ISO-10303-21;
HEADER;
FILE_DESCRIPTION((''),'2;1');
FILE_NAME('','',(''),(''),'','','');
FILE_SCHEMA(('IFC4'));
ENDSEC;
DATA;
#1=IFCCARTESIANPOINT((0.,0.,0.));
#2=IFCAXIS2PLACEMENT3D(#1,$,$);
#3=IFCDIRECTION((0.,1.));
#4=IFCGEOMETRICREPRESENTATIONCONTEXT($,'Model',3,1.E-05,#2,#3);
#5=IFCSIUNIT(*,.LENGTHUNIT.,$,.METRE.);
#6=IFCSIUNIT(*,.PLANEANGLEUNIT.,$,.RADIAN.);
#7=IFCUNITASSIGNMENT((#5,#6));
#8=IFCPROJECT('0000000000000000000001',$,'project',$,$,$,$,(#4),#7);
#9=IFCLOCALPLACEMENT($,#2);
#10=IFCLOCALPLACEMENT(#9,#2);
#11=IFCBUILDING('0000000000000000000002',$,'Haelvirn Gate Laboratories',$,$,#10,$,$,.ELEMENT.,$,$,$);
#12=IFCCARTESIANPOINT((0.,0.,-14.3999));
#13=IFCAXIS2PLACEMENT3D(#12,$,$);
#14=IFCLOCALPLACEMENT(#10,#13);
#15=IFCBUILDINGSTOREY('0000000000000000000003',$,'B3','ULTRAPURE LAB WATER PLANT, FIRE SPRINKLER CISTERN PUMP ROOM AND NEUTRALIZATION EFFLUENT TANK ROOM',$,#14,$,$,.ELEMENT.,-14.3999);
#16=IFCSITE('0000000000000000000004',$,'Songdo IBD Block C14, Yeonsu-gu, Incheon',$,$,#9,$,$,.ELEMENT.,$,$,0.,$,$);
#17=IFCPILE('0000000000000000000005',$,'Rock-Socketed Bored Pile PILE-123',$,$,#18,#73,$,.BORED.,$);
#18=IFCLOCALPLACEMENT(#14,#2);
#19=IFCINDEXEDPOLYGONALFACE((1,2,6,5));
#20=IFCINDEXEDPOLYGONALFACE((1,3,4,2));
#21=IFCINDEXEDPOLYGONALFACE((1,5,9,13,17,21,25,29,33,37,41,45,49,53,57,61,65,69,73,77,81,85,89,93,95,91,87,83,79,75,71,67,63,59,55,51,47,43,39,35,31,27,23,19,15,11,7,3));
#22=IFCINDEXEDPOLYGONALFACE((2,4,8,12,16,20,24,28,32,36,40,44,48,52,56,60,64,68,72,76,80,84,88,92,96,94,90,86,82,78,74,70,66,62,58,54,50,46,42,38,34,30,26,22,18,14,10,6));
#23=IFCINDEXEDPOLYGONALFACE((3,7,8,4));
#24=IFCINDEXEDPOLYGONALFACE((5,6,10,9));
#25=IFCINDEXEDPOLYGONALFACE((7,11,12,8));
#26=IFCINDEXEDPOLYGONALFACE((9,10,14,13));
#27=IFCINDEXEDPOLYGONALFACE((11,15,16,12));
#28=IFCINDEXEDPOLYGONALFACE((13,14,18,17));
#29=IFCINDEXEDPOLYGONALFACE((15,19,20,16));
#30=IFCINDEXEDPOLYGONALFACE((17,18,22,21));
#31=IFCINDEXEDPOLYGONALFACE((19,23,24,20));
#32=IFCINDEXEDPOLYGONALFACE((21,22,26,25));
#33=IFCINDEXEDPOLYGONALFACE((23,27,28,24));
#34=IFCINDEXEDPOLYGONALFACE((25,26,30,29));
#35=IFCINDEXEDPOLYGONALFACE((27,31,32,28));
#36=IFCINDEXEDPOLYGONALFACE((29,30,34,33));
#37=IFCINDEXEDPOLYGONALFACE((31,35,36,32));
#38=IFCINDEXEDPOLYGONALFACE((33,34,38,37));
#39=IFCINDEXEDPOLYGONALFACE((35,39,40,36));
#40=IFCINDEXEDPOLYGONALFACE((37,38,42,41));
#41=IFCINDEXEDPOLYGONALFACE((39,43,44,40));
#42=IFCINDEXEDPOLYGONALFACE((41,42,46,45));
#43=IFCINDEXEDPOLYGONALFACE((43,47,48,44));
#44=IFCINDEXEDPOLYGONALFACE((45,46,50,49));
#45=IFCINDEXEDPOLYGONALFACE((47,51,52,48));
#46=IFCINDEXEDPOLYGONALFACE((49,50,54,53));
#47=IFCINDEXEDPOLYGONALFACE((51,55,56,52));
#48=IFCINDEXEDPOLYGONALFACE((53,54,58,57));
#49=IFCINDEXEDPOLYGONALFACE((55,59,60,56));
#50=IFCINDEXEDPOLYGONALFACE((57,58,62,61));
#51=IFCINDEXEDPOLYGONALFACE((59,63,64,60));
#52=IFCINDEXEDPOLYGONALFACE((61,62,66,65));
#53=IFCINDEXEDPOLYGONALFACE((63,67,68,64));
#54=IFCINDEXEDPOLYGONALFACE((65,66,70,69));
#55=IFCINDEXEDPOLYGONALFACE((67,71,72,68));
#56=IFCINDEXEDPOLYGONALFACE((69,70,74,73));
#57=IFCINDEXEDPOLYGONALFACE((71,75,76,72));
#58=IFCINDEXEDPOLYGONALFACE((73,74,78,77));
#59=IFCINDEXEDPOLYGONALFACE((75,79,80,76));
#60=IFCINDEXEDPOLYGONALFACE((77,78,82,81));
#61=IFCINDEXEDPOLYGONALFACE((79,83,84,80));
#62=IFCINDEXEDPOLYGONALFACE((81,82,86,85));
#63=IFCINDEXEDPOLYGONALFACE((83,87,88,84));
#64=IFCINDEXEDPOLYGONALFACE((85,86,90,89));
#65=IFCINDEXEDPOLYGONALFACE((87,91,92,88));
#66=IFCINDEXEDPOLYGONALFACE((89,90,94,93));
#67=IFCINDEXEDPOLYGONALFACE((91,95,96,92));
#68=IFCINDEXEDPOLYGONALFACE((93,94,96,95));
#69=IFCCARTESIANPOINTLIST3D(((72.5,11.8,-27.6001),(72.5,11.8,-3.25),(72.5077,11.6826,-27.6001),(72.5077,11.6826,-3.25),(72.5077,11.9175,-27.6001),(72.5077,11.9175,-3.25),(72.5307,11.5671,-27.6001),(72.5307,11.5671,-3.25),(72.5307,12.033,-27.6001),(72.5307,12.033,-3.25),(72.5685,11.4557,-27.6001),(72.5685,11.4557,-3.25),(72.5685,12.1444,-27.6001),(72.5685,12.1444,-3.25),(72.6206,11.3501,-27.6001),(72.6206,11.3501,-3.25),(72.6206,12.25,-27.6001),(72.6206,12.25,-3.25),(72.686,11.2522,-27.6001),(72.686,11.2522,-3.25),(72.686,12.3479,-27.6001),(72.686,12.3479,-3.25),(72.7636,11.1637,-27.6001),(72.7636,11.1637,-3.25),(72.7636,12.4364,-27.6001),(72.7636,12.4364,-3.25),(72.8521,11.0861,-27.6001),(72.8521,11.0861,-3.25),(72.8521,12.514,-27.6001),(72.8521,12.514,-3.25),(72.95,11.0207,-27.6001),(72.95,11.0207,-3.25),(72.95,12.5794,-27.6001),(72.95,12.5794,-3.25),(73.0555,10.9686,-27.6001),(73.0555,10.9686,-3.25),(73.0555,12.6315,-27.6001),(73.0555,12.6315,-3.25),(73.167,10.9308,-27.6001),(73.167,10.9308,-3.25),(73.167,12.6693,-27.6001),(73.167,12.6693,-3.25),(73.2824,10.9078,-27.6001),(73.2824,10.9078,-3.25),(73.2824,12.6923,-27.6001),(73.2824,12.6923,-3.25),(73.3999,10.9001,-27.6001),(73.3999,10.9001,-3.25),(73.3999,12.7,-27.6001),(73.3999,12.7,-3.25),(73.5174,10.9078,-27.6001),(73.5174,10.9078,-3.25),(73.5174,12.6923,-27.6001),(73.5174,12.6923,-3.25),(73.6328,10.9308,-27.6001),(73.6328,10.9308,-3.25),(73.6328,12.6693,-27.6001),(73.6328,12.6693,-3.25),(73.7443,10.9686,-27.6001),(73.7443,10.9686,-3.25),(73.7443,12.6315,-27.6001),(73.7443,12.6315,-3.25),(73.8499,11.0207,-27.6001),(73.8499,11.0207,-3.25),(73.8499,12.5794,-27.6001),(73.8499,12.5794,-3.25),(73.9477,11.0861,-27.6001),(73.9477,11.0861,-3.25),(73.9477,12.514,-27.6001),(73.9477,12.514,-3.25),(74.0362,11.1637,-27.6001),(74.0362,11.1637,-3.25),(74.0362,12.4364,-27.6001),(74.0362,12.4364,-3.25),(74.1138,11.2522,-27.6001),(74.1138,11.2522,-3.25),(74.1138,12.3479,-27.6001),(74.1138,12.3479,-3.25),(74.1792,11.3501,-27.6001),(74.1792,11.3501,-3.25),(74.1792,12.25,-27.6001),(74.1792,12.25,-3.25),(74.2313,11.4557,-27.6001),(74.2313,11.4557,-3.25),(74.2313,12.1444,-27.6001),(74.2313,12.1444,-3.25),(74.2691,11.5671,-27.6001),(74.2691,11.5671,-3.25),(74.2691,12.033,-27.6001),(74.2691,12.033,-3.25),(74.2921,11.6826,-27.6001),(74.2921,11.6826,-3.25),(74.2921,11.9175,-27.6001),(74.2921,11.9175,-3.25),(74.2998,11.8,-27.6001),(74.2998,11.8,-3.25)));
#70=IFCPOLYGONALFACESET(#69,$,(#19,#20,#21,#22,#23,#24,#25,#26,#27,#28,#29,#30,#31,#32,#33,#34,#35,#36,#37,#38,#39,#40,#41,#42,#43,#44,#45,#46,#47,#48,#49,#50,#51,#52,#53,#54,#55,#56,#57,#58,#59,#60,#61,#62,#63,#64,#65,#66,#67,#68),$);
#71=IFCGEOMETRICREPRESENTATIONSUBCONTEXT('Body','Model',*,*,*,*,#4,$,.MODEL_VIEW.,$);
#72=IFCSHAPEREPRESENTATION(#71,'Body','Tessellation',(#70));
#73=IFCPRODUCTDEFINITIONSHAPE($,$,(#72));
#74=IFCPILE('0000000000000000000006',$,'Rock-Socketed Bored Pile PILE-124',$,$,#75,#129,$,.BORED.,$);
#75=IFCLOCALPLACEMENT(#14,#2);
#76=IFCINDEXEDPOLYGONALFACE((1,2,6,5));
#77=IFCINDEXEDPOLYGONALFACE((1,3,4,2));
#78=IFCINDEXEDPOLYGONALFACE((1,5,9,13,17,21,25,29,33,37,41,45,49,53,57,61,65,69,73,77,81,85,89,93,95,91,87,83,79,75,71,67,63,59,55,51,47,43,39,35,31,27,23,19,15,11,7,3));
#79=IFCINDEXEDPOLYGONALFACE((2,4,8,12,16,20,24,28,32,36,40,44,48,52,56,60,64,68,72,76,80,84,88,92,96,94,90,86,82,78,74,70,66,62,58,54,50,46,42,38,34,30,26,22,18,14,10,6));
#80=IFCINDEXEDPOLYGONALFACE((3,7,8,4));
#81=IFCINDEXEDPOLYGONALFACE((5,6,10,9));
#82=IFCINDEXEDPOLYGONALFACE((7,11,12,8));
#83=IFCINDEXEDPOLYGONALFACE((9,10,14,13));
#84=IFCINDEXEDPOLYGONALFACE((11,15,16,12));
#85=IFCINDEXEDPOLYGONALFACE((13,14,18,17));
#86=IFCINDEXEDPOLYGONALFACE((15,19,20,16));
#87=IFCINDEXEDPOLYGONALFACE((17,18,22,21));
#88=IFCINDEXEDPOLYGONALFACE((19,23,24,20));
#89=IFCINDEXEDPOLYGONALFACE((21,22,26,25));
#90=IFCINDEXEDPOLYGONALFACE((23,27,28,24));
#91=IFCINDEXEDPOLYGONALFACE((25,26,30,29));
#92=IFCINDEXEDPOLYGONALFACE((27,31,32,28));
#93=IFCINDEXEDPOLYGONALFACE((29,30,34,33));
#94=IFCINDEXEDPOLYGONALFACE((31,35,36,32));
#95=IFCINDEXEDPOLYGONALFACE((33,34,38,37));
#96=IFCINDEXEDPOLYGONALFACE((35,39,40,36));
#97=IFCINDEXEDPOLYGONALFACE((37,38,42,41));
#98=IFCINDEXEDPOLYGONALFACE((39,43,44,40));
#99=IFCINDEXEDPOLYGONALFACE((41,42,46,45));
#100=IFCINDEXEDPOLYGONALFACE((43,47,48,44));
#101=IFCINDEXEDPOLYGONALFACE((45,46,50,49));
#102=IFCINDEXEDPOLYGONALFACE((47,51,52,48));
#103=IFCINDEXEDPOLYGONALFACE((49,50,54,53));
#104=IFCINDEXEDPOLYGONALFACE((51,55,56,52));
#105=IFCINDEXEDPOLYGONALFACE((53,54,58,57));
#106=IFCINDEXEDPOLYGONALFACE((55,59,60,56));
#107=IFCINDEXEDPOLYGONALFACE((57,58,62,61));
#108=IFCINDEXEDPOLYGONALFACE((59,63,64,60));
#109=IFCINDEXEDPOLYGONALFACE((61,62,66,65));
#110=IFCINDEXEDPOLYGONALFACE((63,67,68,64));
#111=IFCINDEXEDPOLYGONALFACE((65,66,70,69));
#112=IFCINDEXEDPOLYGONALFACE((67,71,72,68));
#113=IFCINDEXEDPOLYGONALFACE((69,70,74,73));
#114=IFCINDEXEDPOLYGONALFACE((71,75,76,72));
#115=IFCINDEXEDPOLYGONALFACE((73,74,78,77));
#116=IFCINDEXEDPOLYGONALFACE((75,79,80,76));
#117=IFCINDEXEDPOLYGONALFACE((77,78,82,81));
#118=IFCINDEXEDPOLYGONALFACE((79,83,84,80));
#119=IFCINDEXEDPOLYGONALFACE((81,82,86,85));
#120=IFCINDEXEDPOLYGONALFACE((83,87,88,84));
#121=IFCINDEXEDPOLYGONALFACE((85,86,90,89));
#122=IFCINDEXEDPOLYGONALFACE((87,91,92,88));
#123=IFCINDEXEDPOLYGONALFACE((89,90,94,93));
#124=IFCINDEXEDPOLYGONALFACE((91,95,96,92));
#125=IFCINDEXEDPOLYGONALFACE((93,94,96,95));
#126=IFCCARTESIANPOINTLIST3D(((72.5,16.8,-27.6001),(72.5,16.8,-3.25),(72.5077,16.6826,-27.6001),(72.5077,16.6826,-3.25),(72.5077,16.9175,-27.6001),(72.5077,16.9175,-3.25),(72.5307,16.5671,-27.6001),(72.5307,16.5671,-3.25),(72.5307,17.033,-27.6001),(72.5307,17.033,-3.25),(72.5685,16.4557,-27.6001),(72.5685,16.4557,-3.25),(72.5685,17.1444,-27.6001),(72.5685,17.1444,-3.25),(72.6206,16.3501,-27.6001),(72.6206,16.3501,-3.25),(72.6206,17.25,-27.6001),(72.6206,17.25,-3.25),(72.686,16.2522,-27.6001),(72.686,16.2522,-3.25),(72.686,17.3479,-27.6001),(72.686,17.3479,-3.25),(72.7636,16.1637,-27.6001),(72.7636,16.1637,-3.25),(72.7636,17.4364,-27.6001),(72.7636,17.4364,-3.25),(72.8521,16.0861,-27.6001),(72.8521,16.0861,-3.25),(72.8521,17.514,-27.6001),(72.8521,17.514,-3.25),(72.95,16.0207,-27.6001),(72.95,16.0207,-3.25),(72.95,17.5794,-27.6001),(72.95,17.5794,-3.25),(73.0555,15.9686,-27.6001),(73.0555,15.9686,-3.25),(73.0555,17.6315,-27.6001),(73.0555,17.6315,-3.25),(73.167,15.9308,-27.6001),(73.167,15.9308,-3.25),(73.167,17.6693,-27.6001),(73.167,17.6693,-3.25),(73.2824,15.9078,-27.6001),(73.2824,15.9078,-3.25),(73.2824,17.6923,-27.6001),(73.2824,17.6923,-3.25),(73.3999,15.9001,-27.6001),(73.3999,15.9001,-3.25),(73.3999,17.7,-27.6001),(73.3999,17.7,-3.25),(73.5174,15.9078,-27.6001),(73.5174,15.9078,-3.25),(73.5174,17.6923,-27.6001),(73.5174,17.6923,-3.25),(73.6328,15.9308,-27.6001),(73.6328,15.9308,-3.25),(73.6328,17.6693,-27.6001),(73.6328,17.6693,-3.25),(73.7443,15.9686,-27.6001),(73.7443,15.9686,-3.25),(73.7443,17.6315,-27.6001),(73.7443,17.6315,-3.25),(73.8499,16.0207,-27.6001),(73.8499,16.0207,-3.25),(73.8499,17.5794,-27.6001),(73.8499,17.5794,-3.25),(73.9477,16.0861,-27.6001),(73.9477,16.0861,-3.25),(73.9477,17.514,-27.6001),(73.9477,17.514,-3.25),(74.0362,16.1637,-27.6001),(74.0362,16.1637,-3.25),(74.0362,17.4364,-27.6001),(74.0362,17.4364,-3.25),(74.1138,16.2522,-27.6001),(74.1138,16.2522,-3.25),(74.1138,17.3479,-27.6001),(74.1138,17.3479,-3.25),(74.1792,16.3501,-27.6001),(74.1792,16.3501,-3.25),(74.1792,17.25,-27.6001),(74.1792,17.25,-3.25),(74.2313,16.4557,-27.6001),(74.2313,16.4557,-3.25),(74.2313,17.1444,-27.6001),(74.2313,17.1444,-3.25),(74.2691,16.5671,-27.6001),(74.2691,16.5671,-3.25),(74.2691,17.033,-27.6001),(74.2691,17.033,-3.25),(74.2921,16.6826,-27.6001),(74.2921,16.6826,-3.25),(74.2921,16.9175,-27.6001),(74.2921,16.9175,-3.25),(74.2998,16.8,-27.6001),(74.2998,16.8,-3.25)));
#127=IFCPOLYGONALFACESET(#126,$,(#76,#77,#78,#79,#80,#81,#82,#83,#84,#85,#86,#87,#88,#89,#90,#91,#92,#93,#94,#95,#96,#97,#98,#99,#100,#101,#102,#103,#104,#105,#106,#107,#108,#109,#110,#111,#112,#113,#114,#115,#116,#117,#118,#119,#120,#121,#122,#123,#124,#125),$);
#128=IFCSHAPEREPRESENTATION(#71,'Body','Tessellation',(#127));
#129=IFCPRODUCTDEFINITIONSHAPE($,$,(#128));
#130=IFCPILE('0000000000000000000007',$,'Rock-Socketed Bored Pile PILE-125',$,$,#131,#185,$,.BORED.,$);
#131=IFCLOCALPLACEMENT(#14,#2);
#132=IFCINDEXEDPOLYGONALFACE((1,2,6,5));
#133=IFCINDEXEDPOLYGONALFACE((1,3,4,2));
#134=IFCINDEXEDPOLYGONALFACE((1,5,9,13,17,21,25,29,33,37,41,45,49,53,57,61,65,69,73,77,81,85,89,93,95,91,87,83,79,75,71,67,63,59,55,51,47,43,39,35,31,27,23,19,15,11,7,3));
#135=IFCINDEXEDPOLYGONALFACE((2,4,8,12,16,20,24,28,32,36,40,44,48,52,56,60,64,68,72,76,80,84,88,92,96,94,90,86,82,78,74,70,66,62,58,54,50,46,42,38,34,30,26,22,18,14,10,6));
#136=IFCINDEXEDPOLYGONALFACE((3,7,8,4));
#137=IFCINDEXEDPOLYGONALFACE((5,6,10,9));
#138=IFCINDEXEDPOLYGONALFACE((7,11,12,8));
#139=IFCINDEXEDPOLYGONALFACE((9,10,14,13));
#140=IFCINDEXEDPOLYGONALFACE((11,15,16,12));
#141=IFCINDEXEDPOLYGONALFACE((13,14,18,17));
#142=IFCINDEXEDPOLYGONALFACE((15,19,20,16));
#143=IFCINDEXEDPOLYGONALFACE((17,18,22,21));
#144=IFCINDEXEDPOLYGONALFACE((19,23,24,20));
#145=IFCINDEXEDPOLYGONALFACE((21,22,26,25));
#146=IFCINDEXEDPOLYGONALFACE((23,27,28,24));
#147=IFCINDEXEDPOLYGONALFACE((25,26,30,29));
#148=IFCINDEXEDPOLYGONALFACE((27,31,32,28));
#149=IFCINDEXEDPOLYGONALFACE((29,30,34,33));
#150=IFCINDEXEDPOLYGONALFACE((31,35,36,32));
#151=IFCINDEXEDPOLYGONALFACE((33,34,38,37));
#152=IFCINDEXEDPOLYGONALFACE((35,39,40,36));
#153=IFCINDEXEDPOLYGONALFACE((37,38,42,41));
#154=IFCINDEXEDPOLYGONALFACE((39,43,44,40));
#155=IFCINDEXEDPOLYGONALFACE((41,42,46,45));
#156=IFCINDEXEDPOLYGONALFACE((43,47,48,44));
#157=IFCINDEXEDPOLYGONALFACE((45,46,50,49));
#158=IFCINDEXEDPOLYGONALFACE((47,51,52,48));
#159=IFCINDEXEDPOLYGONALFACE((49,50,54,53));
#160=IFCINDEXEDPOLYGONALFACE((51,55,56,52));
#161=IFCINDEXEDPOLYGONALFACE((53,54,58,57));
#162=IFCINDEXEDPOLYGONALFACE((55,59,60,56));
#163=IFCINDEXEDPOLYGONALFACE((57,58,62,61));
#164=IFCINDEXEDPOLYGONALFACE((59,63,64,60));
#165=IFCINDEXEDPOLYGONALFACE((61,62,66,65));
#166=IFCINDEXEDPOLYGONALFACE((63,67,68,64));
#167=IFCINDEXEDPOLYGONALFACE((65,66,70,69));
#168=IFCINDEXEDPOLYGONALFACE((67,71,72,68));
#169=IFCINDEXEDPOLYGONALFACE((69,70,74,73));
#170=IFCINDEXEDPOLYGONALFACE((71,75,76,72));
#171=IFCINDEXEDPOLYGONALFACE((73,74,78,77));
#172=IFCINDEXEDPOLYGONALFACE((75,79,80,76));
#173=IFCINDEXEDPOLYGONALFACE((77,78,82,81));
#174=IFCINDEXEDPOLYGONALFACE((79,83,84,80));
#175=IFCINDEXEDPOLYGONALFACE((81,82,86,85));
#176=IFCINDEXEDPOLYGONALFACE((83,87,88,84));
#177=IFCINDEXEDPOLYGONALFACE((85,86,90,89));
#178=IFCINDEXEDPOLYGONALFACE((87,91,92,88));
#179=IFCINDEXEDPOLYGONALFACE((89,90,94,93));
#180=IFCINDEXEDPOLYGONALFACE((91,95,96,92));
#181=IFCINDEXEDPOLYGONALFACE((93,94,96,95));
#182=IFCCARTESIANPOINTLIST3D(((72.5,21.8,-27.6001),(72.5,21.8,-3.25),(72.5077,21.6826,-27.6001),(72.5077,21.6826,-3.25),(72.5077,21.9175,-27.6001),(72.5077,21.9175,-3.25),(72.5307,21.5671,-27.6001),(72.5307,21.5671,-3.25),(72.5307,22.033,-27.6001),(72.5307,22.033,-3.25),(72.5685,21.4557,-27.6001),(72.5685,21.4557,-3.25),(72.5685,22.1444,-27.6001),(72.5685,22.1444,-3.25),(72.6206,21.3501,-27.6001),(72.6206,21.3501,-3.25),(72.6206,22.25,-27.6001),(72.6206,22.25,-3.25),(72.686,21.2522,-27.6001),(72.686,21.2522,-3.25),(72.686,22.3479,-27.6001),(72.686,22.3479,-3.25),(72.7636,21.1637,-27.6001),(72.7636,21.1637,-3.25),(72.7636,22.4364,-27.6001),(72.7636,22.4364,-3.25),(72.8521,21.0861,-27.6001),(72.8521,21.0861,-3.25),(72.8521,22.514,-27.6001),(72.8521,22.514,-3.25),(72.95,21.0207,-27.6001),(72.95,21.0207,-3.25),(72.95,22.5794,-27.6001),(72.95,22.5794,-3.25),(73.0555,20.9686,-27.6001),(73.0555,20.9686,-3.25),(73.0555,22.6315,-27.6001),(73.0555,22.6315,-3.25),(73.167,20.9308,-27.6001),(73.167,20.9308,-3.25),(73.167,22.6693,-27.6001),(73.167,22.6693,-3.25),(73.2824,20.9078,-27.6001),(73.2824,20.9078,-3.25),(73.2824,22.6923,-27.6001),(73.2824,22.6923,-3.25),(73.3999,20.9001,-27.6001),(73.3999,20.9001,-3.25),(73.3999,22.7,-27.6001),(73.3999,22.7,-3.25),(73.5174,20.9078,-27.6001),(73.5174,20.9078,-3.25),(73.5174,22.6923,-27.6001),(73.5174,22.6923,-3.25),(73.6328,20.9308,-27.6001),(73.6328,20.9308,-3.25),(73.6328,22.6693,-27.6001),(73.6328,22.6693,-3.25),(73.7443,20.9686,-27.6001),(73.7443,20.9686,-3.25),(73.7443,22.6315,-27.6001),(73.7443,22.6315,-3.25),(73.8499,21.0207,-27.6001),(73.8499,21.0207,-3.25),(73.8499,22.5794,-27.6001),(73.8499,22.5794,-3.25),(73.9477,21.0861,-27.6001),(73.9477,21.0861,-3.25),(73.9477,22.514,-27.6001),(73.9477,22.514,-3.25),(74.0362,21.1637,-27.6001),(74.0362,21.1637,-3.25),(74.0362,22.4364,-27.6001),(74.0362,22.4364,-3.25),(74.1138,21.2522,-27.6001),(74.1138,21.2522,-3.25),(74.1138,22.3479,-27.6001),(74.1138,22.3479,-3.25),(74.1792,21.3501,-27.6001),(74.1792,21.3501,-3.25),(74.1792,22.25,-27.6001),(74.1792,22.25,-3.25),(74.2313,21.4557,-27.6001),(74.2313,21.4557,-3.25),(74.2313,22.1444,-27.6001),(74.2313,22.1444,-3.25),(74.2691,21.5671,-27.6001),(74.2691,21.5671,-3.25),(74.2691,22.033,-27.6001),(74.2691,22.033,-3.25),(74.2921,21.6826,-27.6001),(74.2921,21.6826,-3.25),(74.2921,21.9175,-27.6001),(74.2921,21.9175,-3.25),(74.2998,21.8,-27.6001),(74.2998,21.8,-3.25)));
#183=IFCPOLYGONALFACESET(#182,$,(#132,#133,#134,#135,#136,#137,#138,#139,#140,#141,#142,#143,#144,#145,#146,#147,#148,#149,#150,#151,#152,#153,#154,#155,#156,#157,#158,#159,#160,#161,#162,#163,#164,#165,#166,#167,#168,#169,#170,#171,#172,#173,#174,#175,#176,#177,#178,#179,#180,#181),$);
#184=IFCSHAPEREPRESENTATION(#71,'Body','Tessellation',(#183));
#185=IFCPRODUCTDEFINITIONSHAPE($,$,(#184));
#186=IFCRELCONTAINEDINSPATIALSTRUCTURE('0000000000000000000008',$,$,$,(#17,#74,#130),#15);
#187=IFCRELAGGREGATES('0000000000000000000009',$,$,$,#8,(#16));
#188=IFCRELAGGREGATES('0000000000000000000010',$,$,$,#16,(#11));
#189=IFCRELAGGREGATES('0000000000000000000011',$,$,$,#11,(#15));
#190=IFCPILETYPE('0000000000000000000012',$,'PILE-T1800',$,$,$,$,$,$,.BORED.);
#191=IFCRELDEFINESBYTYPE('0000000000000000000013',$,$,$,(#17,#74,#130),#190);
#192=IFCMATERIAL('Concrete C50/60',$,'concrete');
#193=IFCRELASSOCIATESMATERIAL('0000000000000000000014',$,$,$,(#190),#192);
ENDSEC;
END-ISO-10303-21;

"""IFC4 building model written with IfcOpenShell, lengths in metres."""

from ifc_helpers import new_model, si_unit, direction, frame, origin, origin_2d, place, context, subcontext, project, spatial, circle, extrude, source, transform, mapped, material, material_profile, profile_set, type_object, type_shapes, element, save


model = new_model("IFC4")

# Units and contexts
model_context = context("Model", 3, precision=1e-05, world=origin(), true_north=direction((0.0, 1.0)))
body_context = subcontext(model_context, "Body", "Model", "MODEL_VIEW")
ifc_project = project(units=[si_unit("LENGTHUNIT", "METRE"), si_unit("PLANEANGLEUNIT", "RADIAN")], contexts=[model_context])

# Site, building, storey
site_placement = place(None, origin())
site = spatial("IfcSite", under=ifc_project, at=site_placement, Name="Songdo IBD Block C14, Yeonsu-gu, Incheon", CompositionType="ELEMENT", RefElevation=0.0)
building_placement = place(site_placement, origin())
building = spatial("IfcBuilding", under=site, at=building_placement, Name="Haelvirn Gate Laboratories", CompositionType="ELEMENT")
storey_placement = place(building_placement, frame((0.0, 0.0, -14.3999)))
storey = spatial("IfcBuildingStorey", under=building, at=storey_placement, Name="B3", Description="ULTRAPURE LAB WATER PLANT, FIRE SPRINKLER CISTERN PUMP ROOM AND NEUTRALIZATION EFFLUENT TANK ROOM", CompositionType="ELEMENT", Elevation=-14.3999)

# Piles
ifc_material_1 = material(Name="Concrete C50/60", Category="concrete")
ifc_material_profile_1 = material_profile(ifc_material_1, circle(Radius=0.8999, at=origin_2d()), Name="PILE-D1800")
ifc_profile_set_1 = profile_set([ifc_material_profile_1], Name="Concrete C50/60")
pile_type_1 = type_object("IfcPileType", Name="PILE-T1800", PredefinedType="BORED", material=ifc_profile_set_1)
shared_shape_1 = source(origin(), body_context, "Body", "SweptSolid", [
    extrude(circle(Radius=0.8999, at=origin_2d()), origin(), (0.0, 0.0, 1.0), 24.3501),
])
type_shapes(pile_type_1, [shared_shape_1])
for number, where, z_axis, x_axis, name in (
    (1, (73.3999, 11.8, -3.25), (0.0, 0.0, -1.0), (1.0, 0.0, 0.0), "Rock-Socketed Bored Pile PILE-123"),
    (2, (73.3999, 16.8, -3.25), (0.0, 0.0, -1.0), (1.0, 0.0, 0.0), "Rock-Socketed Bored Pile PILE-124"),
    (3, (73.3999, 21.8, -3.25), (0.0, 0.0, -1.0), (1.0, 0.0, 0.0), "Rock-Socketed Bored Pile PILE-125"),
):
    element("IfcPile", number, at=place(storey_placement, frame(where, z_axis=z_axis, x_axis=x_axis)), inside=storey, type_object=pile_type_1, Name=name, PredefinedType="BORED", context=body_context, shape_type="MappedRepresentation", body=[
        mapped(shared_shape_1, transform((0.0, 0.0, 0.0), scale=1.0)),
    ])

save(model, "model.ifc")
